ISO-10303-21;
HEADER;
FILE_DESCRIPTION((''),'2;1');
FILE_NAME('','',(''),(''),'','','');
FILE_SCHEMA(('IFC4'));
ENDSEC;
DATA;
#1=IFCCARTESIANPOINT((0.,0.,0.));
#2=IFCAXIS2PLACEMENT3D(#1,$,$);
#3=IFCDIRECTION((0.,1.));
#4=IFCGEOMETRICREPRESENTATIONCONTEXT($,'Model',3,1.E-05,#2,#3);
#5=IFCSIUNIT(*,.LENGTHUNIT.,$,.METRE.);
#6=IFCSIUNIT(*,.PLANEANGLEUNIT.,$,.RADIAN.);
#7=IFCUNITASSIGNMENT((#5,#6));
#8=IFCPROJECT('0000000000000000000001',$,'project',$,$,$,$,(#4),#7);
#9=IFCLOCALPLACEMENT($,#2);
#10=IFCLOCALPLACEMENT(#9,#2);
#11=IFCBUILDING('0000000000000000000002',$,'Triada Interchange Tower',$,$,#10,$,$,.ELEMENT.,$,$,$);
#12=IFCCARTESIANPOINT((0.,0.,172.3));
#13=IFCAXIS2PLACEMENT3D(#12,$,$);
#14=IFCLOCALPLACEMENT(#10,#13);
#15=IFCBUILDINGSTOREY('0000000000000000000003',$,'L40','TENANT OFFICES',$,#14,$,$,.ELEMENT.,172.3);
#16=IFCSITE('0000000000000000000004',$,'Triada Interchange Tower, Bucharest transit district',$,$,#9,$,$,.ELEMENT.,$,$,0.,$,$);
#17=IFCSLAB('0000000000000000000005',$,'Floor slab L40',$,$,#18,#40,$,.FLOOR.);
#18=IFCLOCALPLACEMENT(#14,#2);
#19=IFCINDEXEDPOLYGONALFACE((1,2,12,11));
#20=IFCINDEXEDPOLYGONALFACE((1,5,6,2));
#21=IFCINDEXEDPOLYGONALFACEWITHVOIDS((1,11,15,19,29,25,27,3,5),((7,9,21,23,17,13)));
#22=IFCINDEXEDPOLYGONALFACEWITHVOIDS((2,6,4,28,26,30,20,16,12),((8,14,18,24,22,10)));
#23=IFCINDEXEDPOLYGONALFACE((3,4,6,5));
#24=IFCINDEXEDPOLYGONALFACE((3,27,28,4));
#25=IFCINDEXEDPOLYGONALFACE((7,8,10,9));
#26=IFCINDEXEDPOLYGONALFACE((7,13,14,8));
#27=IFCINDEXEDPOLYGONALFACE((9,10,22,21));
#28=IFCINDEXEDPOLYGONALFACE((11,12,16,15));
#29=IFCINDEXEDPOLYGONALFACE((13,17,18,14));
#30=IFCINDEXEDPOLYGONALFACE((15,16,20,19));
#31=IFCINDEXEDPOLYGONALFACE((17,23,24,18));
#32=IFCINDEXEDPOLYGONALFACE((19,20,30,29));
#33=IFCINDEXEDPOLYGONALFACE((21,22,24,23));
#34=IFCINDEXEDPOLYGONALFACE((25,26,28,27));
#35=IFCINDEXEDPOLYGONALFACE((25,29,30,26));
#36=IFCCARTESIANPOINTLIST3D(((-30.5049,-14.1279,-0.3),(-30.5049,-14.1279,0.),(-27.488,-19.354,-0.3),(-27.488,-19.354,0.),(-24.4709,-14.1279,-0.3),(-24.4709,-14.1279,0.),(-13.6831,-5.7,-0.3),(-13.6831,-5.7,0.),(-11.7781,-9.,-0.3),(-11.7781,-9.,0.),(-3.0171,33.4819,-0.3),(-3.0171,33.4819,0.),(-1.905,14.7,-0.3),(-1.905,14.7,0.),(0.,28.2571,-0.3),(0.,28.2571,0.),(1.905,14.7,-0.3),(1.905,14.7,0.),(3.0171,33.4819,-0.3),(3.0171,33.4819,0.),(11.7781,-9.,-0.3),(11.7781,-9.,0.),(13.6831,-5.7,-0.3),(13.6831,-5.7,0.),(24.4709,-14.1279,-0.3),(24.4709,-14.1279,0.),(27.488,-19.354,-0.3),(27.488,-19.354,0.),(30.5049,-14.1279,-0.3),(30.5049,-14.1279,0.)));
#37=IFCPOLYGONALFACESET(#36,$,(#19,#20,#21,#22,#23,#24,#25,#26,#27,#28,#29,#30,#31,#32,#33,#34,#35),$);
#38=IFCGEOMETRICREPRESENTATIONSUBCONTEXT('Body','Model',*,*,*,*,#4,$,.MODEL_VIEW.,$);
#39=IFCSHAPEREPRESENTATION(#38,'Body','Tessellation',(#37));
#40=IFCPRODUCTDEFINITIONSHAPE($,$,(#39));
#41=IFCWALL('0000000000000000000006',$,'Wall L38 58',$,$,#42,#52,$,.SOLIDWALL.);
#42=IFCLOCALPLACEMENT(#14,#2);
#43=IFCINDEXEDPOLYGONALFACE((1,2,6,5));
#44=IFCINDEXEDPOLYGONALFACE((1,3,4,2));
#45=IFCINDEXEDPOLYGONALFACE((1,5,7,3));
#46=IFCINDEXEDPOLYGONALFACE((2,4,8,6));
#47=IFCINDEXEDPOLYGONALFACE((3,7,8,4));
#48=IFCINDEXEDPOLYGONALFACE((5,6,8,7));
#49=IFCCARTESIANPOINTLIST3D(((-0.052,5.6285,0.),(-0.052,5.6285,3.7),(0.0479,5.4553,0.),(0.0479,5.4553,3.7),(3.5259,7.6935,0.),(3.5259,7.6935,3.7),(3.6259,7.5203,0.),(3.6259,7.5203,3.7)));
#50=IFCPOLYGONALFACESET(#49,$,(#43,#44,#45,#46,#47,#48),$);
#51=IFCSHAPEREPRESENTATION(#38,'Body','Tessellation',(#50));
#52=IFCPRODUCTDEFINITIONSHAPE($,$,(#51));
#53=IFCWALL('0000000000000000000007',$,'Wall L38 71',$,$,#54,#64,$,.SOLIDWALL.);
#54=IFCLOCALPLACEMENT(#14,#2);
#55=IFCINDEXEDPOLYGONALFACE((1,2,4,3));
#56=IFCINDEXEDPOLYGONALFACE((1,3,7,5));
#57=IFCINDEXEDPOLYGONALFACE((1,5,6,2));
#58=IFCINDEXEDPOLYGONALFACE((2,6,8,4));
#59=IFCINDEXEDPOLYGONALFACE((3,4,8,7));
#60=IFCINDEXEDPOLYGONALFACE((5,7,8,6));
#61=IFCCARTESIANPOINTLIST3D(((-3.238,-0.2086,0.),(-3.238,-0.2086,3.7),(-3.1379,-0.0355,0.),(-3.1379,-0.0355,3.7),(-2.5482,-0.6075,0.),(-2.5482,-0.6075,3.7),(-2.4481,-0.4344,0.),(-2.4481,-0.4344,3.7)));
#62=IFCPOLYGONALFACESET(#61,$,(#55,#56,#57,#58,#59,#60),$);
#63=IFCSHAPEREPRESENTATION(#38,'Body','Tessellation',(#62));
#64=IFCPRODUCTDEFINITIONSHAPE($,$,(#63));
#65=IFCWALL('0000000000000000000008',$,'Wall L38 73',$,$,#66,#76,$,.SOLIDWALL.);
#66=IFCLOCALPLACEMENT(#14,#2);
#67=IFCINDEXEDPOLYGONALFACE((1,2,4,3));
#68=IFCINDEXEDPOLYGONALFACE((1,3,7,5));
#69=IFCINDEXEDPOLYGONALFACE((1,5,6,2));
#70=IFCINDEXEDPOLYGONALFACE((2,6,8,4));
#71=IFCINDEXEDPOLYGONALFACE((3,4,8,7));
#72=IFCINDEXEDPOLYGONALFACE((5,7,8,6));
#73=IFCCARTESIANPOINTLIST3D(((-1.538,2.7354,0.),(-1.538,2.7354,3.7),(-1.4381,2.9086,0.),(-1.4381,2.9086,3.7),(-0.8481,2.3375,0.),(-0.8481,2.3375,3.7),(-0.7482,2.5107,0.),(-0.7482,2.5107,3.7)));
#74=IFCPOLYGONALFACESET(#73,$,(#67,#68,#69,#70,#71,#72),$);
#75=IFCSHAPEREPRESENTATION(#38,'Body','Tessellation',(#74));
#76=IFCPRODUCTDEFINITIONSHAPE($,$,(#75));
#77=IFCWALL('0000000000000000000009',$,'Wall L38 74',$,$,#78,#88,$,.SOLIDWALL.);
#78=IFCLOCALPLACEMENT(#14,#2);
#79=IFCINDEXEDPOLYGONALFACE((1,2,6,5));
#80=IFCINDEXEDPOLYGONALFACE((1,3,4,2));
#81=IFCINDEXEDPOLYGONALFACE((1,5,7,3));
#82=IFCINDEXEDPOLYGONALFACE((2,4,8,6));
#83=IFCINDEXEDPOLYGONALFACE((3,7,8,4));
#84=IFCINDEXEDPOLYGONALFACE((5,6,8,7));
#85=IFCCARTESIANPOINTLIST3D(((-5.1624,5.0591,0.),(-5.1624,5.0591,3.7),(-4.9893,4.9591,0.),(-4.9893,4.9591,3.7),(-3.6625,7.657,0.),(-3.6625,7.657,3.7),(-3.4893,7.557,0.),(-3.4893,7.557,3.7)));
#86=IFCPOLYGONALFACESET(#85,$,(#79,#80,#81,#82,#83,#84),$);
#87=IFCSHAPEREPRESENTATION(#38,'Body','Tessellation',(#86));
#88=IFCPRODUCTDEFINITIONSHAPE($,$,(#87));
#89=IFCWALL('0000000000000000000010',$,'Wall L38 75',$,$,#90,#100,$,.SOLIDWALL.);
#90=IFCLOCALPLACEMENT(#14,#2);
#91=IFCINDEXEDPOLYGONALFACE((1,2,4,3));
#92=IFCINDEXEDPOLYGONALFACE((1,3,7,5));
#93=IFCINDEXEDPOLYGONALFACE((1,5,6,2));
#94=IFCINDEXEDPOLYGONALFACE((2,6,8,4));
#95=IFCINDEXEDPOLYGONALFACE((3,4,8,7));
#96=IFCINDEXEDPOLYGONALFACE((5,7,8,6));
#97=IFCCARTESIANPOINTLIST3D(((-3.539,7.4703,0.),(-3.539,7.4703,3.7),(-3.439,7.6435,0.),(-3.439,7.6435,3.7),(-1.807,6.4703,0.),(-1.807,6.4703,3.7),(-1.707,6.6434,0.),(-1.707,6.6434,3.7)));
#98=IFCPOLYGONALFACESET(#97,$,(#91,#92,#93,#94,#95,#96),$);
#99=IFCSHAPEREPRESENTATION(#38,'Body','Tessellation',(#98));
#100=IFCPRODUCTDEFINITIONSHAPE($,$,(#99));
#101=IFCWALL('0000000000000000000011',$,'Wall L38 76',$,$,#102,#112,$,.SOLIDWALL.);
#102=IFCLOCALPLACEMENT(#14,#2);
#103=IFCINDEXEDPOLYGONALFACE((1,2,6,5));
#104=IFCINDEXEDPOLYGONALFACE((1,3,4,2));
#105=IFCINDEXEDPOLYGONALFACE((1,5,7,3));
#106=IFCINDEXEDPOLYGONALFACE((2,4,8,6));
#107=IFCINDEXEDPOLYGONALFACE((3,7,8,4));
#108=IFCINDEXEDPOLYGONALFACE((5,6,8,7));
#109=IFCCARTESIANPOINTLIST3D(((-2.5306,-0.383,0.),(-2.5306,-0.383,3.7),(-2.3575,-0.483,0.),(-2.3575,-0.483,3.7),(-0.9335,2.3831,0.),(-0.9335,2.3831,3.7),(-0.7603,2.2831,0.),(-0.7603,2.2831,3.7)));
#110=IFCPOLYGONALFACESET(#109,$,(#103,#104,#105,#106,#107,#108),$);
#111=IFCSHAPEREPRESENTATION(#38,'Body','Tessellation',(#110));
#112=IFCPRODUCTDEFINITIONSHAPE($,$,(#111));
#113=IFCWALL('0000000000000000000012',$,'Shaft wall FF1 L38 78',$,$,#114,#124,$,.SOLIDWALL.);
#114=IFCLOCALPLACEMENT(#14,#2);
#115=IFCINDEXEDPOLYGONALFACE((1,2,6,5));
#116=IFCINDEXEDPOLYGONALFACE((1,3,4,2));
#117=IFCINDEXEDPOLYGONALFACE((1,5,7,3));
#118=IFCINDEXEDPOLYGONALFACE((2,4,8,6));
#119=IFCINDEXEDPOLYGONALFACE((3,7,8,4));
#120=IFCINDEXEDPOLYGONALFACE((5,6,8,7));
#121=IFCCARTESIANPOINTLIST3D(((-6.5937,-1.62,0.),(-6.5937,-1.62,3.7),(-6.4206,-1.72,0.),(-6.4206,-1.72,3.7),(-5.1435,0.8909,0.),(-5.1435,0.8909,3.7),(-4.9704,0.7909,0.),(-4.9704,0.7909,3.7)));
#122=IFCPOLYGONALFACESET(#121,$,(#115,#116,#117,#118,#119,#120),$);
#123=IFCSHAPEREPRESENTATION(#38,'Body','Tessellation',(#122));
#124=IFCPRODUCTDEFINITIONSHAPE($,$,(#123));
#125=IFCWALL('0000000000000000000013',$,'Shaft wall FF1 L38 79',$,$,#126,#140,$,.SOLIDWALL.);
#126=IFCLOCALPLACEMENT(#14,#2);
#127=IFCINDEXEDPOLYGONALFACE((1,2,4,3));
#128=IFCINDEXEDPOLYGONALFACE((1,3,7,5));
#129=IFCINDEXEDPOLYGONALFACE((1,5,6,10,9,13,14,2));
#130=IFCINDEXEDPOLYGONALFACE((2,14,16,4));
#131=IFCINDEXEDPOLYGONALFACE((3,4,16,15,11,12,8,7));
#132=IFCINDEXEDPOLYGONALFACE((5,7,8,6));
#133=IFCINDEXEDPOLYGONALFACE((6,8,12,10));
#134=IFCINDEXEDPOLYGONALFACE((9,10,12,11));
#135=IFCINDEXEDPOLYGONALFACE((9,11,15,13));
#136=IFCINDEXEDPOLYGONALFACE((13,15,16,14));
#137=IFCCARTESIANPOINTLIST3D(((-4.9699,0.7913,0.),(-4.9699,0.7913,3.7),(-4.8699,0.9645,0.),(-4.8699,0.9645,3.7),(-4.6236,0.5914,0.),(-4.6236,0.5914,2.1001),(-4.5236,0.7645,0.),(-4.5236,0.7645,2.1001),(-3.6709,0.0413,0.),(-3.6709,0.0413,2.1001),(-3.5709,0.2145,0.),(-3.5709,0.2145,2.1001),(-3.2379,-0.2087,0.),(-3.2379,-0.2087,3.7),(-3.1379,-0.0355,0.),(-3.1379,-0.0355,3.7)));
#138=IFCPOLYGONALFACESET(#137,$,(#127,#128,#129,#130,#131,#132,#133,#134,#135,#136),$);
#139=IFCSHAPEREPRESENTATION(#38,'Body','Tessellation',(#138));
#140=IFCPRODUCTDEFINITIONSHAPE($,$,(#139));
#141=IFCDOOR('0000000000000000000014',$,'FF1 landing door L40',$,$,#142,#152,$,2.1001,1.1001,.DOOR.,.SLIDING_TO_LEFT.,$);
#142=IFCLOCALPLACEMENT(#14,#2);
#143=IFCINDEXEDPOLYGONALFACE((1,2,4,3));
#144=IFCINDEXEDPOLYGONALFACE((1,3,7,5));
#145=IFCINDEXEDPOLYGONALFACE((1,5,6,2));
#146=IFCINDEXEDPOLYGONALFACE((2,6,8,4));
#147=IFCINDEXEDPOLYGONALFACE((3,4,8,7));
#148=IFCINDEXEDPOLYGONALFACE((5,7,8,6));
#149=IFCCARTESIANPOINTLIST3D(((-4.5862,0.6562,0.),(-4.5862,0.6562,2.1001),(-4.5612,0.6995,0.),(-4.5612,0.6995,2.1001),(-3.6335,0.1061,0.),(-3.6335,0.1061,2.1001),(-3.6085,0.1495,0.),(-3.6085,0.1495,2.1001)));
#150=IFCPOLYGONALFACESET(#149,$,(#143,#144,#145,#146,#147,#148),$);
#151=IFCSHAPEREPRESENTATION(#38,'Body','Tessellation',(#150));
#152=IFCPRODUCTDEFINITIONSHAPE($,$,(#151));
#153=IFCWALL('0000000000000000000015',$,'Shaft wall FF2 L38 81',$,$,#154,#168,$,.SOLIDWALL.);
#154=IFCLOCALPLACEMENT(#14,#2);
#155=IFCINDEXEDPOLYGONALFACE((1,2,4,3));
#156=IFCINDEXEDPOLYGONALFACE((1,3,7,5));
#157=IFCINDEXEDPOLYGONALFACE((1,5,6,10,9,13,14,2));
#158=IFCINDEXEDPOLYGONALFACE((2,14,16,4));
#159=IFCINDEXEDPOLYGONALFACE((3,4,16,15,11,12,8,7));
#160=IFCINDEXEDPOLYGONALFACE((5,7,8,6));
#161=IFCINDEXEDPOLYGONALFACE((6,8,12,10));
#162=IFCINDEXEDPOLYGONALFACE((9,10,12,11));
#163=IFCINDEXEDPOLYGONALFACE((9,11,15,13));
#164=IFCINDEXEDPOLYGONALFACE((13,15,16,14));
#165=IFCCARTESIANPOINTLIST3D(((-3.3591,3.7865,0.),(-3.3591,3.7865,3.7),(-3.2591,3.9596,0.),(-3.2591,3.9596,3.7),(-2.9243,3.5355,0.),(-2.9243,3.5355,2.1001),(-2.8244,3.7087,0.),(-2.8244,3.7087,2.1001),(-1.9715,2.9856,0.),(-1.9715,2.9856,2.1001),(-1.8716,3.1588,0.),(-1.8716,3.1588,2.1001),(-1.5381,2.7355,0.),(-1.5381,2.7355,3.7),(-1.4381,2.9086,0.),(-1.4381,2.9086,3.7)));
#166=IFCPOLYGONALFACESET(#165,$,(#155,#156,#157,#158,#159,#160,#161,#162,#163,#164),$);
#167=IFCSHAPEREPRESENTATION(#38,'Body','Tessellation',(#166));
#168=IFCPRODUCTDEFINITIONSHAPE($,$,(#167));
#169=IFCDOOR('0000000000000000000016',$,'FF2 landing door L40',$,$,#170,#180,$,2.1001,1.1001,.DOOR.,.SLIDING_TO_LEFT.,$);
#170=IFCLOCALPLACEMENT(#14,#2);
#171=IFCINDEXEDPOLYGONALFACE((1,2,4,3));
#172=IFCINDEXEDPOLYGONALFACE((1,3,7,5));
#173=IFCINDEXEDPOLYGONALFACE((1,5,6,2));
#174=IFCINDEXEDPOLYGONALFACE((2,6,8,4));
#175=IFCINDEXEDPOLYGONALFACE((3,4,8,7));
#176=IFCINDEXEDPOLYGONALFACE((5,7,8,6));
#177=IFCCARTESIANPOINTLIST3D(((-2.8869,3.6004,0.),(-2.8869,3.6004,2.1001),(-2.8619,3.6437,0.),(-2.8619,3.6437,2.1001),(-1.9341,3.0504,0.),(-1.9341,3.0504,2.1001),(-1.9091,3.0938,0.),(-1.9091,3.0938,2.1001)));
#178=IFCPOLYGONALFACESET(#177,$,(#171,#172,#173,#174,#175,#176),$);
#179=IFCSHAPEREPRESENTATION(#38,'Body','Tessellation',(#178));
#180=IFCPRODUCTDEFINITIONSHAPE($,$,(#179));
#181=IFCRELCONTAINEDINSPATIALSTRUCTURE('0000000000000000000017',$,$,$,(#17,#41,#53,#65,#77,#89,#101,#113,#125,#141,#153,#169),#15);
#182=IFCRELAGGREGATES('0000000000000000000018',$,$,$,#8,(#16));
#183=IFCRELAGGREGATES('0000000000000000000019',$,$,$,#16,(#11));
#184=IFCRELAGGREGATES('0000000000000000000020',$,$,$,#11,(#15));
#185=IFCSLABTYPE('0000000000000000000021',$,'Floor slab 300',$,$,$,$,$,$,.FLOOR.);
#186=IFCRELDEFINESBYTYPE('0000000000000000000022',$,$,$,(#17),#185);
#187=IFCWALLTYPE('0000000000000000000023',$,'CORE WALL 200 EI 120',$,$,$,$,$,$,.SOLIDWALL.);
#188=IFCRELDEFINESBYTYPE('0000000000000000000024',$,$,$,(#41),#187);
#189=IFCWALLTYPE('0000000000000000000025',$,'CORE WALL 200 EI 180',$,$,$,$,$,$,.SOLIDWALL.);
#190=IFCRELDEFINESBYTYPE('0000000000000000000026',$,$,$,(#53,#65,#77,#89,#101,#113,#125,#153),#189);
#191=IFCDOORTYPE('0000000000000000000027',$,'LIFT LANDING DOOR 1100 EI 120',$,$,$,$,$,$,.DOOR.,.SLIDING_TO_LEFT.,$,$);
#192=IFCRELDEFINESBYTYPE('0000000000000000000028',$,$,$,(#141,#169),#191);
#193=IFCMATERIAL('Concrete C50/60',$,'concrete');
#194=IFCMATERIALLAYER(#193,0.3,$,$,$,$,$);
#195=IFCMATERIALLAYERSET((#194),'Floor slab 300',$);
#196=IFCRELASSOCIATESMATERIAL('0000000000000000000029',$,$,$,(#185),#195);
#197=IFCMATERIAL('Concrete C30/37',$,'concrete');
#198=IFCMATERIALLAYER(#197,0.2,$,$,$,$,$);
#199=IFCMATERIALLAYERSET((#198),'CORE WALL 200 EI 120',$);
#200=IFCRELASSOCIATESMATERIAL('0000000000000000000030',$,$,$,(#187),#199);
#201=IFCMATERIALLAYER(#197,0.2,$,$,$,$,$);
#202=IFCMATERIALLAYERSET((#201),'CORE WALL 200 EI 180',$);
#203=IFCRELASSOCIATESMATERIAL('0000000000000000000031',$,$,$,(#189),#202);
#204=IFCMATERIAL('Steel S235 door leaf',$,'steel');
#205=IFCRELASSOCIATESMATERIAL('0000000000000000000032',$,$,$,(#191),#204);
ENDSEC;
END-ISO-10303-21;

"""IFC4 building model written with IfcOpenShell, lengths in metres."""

from ifc_helpers import new_model, si_unit, direction, frame, frame_2d, origin, place, context, subcontext, project, spatial, polyline, rectangle, outline, extrude, material, layer, layer_set, type_object, element, fill, save


model = new_model("IFC4")

# Units and contexts
model_context = context("Model", 3, precision=1e-05, world=origin(), true_north=direction((0.0, 1.0)))
body_context = subcontext(model_context, "Body", "Model", "MODEL_VIEW")
ifc_project = project(units=[si_unit("LENGTHUNIT", "METRE"), si_unit("PLANEANGLEUNIT", "RADIAN")], contexts=[model_context])

# Site, building, storey
site_placement = place(None, origin())
site = spatial("IfcSite", under=ifc_project, at=site_placement, Name="Triada Interchange Tower, Bucharest transit district", CompositionType="ELEMENT", RefElevation=0.0)
building_placement = place(site_placement, origin())
building = spatial("IfcBuilding", under=site, at=building_placement, Name="Triada Interchange Tower", CompositionType="ELEMENT")
storey_placement = place(building_placement, frame((0.0, 0.0, 172.3)))
storey = spatial("IfcBuildingStorey", under=building, at=storey_placement, Name="L40", Description="TENANT OFFICES", CompositionType="ELEMENT", Elevation=172.3)

# Slab
ifc_material_1 = material(Name="Concrete C50/60", Category="concrete")
ifc_layer_1 = layer(ifc_material_1, 0.3)
ifc_layer_set_1 = layer_set([ifc_layer_1], Name="Floor slab 300")
slab_type = type_object("IfcSlabType", Name="Floor slab 300", PredefinedType="FLOOR", material=ifc_layer_set_1)
slab_placement = place(storey_placement, frame((0.0, 0.0, -0.3)))
element("IfcSlab", 1, at=slab_placement, inside=storey, type_object=slab_type, Name="Floor slab L40", PredefinedType="FLOOR", context=body_context, shape_type="SweptSolid", body=[
    extrude(outline(polyline([(-3.0171, 33.4819), (-30.5049, -14.1279), (-24.4709, -14.1279), (-27.488, -19.354), (27.488, -19.354), (24.4709, -14.1279), (30.5049, -14.1279), (3.0171, 33.4819), (0.0, 28.2571), (-3.0171, 33.4819)]), holes=[polyline([(1.905, 14.7), (-1.905, 14.7), (-13.6831, -5.7), (-11.7781, -9.0), (11.7781, -9.0), (13.6831, -5.7), (1.905, 14.7)])]), origin(), (0.0, 0.0, 1.0), 0.3),
])

# Walls
ifc_material_2 = material(Name="Concrete C30/37", Category="concrete")
ifc_layer_2 = layer(ifc_material_2, 0.2)
ifc_layer_set_2 = layer_set([ifc_layer_2], Name="CORE WALL 200 EI 120")
wall_type_1 = type_object("IfcWallType", Name="CORE WALL 200 EI 120", PredefinedType="SOLIDWALL", material=ifc_layer_set_2)
wall_1_placement = place(storey_placement, frame((-0.002, 5.542, 0.0), z_axis=(0.0, 0.0, 1.0), x_axis=(0.866104, 0.499864, 0.0)))
element("IfcWall", 2, at=wall_1_placement, inside=storey, type_object=wall_type_1, Name="Wall L38 58", PredefinedType="SOLIDWALL", context=body_context, shape_type="SweptSolid", body=[
    extrude(rectangle(XDim=4.1311, YDim=0.2, at=frame_2d((2.0654, 0.0))), origin(), (0.0, 0.0, 1.0), 3.7),
])
ifc_layer_3 = layer(ifc_material_2, 0.2)
ifc_layer_set_3 = layer_set([ifc_layer_3], Name="CORE WALL 200 EI 180")
wall_type_2 = type_object("IfcWallType", Name="CORE WALL 200 EI 180", PredefinedType="SOLIDWALL", material=ifc_layer_set_3)
wall_2_placement = place(storey_placement, frame((-3.188, -0.1221, 0.0), z_axis=(0.0, 0.0, 1.0), x_axis=(0.865706, -0.500553, 0.0)))
element("IfcWall", 3, at=wall_2_placement, inside=storey, type_object=wall_type_2, Name="Wall L38 71", PredefinedType="SOLIDWALL", context=body_context, shape_type="SweptSolid", body=[
    extrude(rectangle(XDim=0.7969, YDim=0.2, at=frame_2d((0.3984, 0.0))), origin(), (0.0, 0.0, 1.0), 3.7),
])
wall_3_placement = place(storey_placement, frame((-1.488, 2.822, 0.0), z_axis=(0.0, 0.0, 1.0), x_axis=(0.866237, -0.499634, 0.0)))
element("IfcWall", 4, at=wall_3_placement, inside=storey, type_object=wall_type_2, Name="Wall L38 73", PredefinedType="SOLIDWALL", context=body_context, shape_type="SweptSolid", body=[
    extrude(rectangle(XDim=0.7964, YDim=0.2, at=frame_2d((0.3982, 0.0))), origin(), (0.0, 0.0, 1.0), 3.7),
])
wall_4_placement = place(storey_placement, frame((-5.0759, 5.009, 0.0), z_axis=(0.0, 0.0, 1.0), x_axis=(0.500025, 0.866011, 0.0)))
element("IfcWall", 5, at=wall_4_placement, inside=storey, type_object=wall_type_2, Name="Wall L38 74", PredefinedType="SOLIDWALL", context=body_context, shape_type="SweptSolid", body=[
    extrude(rectangle(XDim=2.9998, YDim=0.2, at=frame_2d((1.5, 0.0))), origin(), (0.0, 0.0, 1.0), 3.7),
])
wall_5_placement = place(storey_placement, frame((-3.489, 7.5569, 0.0), z_axis=(0.0, 0.0, 1.0), x_axis=(0.866011, -0.500025, 0.0)))
element("IfcWall", 6, at=wall_5_placement, inside=storey, type_object=wall_type_2, Name="Wall L38 75", PredefinedType="SOLIDWALL", context=body_context, shape_type="SweptSolid", body=[
    extrude(rectangle(XDim=2.0, YDim=0.2, at=frame_2d((1.0, 0.0))), origin(), (0.0, 0.0, 1.0), 3.7),
])
wall_6_placement = place(storey_placement, frame((-2.4441, -0.4331, 0.0), z_axis=(0.0, 0.0, 1.0), x_axis=(0.500036, 0.866005, 0.0)))
element("IfcWall", 7, at=wall_6_placement, inside=storey, type_object=wall_type_2, Name="Wall L38 76", PredefinedType="SOLIDWALL", context=body_context, shape_type="SweptSolid", body=[
    extrude(rectangle(XDim=3.1941, YDim=0.2, at=frame_2d((1.5972, 0.0))), origin(), (0.0, 0.0, 1.0), 3.7),
])
wall_7_placement = place(storey_placement, frame((-6.5071, -1.6699, 0.0), z_axis=(0.0, 0.0, 1.0), x_axis=(0.500123, 0.865954, 0.0)))
element("IfcWall", 8, at=wall_7_placement, inside=storey, type_object=wall_type_2, Name="Shaft wall FF1 L38 78", PredefinedType="SOLIDWALL", context=body_context, shape_type="SweptSolid", body=[
    extrude(rectangle(XDim=2.8997, YDim=0.2, at=frame_2d((1.4497, 0.0))), origin(), (0.0, 0.0, 1.0), 3.7),
])

# Walls, openings, doors
wall_8_placement = place(storey_placement, frame((-4.9199, 0.8779, 0.0), z_axis=(0.0, 0.0, 1.0), x_axis=(0.866011, -0.500025, 0.0)))
wall_8 = element("IfcWall", 9, at=wall_8_placement, inside=storey, type_object=wall_type_2, Name="Shaft wall FF1 L38 79", PredefinedType="SOLIDWALL", context=body_context, shape_type="SweptSolid", body=[
    extrude(rectangle(XDim=2.0, YDim=0.2, at=frame_2d((1.0, 0.0))), origin(), (0.0, 0.0, 1.0), 3.7),
])
opening_1_placement = place(wall_8_placement, frame((0.3999, 0.0, 0.0)))
opening_1 = element("IfcOpeningElement", 10, at=opening_1_placement, cuts=wall_8, PredefinedType="OPENING", context=body_context, shape_type="SweptSolid", body=[
    extrude(rectangle(XDim=1.1001, YDim=2.1001, at=frame_2d((0.55, 1.05))), frame((0.0, 0.1099, 0.0), z_axis=(0.0, -1.0, 0.0), x_axis=(1.0, 0.0, 0.0)), (0.0, 0.0, 1.0), 0.22),
])
ifc_material_3 = material(Name="Steel S235 door leaf", Category="steel")
door_type = type_object("IfcDoorType", Name="LIFT LANDING DOOR 1100 EI 120", OperationType="SLIDING_TO_LEFT", PredefinedType="DOOR", material=ifc_material_3)
door_1_placement = place(opening_1_placement, origin())
door_1 = element("IfcDoor", 11, at=door_1_placement, inside=storey, type_object=door_type, Name="FF1 landing door L40", OperationType="SLIDING_TO_LEFT", OverallHeight=2.1001, OverallWidth=1.1001, PredefinedType="DOOR", context=body_context, shape_type="SweptSolid", body=[
    extrude(rectangle(XDim=1.1001, YDim=2.1001, at=frame_2d((0.55, 1.05))), frame((0.0, 0.0249, 0.0), z_axis=(0.0, -1.0, 0.0), x_axis=(1.0, 0.0, 0.0)), (0.0, 0.0, 1.0), 0.05),
])
fill(opening_1, door_1)
wall_9_placement = place(storey_placement, frame((-3.3091, 3.873, 0.0), z_axis=(0.0, 0.0, 1.0), x_axis=(0.866099, -0.499873, 0.0)))
wall_9 = element("IfcWall", 12, at=wall_9_placement, inside=storey, type_object=wall_type_2, Name="Shaft wall FF2 L38 81", PredefinedType="SOLIDWALL", context=body_context, shape_type="SweptSolid", body=[
    extrude(rectangle(XDim=2.1025, YDim=0.2, at=frame_2d((1.0513, 0.0))), origin(), (0.0, 0.0, 1.0), 3.7),
])
opening_2_placement = place(wall_9_placement, frame((0.502, 0.0, 0.0)))
opening_2 = element("IfcOpeningElement", 13, at=opening_2_placement, cuts=wall_9, PredefinedType="OPENING", context=body_context, shape_type="SweptSolid", body=[
    extrude(rectangle(XDim=1.1001, YDim=2.1001, at=frame_2d((0.55, 1.05))), frame((0.0, 0.1099, 0.0), z_axis=(0.0, -1.0, 0.0), x_axis=(1.0, 0.0, 0.0)), (0.0, 0.0, 1.0), 0.22),
])
door_2_placement = place(opening_2_placement, origin())
door_2 = element("IfcDoor", 14, at=door_2_placement, inside=storey, type_object=door_type, Name="FF2 landing door L40", OperationType="SLIDING_TO_LEFT", OverallHeight=2.1001, OverallWidth=1.1001, PredefinedType="DOOR", context=body_context, shape_type="SweptSolid", body=[
    extrude(rectangle(XDim=1.1001, YDim=2.1001, at=frame_2d((0.55, 1.05))), frame((0.0, 0.0249, 0.0), z_axis=(0.0, -1.0, 0.0), x_axis=(1.0, 0.0, 0.0)), (0.0, 0.0, 1.0), 0.05),
])
fill(opening_2, door_2)

save(model, "model.ifc")
